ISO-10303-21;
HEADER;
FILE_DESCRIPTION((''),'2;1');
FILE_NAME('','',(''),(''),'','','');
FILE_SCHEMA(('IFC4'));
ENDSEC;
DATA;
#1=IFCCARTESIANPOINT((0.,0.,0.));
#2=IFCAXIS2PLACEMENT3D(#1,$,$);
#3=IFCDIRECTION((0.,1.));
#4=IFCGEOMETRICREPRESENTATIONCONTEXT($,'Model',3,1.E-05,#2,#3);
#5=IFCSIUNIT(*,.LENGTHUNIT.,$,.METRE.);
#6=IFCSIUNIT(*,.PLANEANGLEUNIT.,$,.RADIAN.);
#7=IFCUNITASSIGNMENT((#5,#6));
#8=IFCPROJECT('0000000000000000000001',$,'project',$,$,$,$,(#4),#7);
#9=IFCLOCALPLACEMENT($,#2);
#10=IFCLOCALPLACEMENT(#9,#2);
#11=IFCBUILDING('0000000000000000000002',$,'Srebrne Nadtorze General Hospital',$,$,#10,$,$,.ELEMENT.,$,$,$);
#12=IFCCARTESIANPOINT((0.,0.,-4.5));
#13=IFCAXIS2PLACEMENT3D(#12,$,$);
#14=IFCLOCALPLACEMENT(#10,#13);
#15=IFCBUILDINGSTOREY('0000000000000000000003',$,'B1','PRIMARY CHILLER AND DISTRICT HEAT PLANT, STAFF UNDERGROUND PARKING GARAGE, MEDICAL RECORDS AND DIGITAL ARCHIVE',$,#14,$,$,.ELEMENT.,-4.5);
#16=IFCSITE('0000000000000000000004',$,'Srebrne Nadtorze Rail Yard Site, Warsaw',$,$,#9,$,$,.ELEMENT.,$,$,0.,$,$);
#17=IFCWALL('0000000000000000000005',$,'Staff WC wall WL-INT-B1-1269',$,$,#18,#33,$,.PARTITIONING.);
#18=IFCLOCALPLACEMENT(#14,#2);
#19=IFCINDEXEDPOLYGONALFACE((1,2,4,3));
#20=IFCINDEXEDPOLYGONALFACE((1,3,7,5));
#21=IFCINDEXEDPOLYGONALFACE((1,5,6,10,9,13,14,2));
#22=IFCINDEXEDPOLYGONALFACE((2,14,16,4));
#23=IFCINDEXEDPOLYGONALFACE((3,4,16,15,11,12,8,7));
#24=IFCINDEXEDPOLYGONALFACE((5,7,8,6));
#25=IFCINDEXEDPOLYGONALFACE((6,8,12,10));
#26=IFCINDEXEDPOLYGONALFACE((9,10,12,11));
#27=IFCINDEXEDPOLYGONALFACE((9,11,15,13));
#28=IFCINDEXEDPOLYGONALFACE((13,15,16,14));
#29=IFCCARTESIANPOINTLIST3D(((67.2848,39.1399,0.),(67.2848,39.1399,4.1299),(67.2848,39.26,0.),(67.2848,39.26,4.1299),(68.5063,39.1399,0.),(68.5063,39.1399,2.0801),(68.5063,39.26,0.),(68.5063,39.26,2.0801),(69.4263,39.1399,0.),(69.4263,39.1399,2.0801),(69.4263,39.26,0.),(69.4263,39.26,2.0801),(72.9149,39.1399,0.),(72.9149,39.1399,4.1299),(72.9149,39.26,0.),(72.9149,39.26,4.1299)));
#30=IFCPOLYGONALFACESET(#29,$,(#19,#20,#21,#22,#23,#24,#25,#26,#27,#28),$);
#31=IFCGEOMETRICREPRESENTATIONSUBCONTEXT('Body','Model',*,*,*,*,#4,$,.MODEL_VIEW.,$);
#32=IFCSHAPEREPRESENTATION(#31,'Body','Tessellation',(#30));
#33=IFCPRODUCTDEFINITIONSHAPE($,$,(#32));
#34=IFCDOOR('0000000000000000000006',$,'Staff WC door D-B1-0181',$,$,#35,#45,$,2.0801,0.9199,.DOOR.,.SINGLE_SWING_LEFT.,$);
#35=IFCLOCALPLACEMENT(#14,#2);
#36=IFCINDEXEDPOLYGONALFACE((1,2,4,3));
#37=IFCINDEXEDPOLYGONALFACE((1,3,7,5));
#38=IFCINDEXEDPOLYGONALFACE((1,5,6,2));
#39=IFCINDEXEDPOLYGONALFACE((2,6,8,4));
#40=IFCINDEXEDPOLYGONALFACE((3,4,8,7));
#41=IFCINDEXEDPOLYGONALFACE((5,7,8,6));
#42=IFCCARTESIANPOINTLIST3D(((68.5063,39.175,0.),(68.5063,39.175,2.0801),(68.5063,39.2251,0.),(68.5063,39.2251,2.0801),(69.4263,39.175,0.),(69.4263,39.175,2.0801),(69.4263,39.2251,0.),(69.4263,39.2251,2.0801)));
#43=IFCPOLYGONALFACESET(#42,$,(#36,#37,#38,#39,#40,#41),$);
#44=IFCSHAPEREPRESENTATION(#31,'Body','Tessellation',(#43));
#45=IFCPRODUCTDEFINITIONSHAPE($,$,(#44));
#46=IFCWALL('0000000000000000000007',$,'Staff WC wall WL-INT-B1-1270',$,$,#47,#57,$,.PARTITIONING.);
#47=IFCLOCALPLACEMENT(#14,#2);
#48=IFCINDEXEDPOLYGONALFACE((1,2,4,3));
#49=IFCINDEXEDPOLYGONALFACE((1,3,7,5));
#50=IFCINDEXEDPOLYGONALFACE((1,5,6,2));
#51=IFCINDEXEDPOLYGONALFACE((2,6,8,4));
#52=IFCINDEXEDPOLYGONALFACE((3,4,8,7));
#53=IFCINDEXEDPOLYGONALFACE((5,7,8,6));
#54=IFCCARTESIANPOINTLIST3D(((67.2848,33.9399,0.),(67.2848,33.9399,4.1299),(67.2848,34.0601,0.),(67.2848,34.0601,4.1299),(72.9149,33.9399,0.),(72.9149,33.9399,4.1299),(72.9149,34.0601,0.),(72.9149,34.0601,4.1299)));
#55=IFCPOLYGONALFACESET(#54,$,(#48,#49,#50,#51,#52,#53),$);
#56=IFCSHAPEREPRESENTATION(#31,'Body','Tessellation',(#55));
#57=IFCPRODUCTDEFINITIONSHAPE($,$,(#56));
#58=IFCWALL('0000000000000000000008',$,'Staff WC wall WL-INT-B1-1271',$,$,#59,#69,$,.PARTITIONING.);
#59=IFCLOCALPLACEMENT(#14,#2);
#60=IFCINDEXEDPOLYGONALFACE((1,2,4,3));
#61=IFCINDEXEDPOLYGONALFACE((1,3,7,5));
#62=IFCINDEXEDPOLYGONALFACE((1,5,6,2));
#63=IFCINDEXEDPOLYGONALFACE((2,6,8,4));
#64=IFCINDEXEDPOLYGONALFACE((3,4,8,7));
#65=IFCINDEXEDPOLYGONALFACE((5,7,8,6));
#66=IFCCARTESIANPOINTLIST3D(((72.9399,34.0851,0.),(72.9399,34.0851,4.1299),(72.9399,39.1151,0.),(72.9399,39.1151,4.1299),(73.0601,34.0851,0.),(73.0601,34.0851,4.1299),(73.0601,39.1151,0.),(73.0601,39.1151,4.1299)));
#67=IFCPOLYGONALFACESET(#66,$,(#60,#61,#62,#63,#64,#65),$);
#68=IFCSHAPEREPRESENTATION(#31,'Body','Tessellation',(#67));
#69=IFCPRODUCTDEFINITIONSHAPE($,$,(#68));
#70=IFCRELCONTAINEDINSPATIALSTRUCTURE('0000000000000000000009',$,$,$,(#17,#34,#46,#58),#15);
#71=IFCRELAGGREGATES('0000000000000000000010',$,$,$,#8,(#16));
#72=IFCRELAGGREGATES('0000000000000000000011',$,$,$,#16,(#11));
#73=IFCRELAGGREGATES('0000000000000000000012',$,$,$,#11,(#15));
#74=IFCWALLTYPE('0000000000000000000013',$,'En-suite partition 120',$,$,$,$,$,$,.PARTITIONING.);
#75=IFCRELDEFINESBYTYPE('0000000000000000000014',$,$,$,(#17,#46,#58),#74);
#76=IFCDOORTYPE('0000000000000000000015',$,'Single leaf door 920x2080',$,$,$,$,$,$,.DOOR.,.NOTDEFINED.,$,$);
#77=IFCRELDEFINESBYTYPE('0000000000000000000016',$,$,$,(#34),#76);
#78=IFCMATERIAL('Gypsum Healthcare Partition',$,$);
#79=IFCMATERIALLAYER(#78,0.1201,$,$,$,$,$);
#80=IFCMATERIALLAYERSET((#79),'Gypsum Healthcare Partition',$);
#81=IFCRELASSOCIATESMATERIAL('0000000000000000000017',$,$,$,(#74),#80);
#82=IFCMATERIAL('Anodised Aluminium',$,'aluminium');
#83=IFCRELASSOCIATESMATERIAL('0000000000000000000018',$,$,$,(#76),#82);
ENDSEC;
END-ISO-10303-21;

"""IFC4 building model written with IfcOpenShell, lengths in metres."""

from ifc_helpers import new_model, si_unit, direction, frame, frame_2d, origin, place, context, subcontext, project, spatial, rectangle, extrude, material, layer, layer_set, type_object, element, fill, save


model = new_model("IFC4")

# Units and contexts
model_context = context("Model", 3, precision=1e-05, world=origin(), true_north=direction((0.0, 1.0)))
body_context = subcontext(model_context, "Body", "Model", "MODEL_VIEW")
ifc_project = project(units=[si_unit("LENGTHUNIT", "METRE"), si_unit("PLANEANGLEUNIT", "RADIAN")], contexts=[model_context])

# Site, building, storey
site_placement = place(None, origin())
site = spatial("IfcSite", under=ifc_project, at=site_placement, Name="Srebrne Nadtorze Rail Yard Site, Warsaw", CompositionType="ELEMENT", RefElevation=0.0)
building_placement = place(site_placement, origin())
building = spatial("IfcBuilding", under=site, at=building_placement, Name="Srebrne Nadtorze General Hospital", CompositionType="ELEMENT")
storey_placement = place(building_placement, frame((0.0, 0.0, -4.5)))
storey = spatial("IfcBuildingStorey", under=building, at=storey_placement, Name="B1", Description="PRIMARY CHILLER AND DISTRICT HEAT PLANT, STAFF UNDERGROUND PARKING GARAGE, MEDICAL RECORDS AND DIGITAL ARCHIVE", CompositionType="ELEMENT", Elevation=-4.5)

# Wall, opening, door
ifc_material_1 = material(Name="Gypsum Healthcare Partition")
ifc_layer_1 = layer(ifc_material_1, 0.1201)
ifc_layer_set_1 = layer_set([ifc_layer_1], Name="Gypsum Healthcare Partition")
wall_type_1 = type_object("IfcWallType", Name="En-suite partition 120", PredefinedType="PARTITIONING", material=ifc_layer_set_1)
wall_1_placement = place(storey_placement, frame((67.2849, 39.2, 0.0), z_axis=(0.0, 0.0, 1.0), x_axis=(1.0, 0.0, 0.0)))
wall_1 = element("IfcWall", 1, at=wall_1_placement, inside=storey, type_object=wall_type_1, Name="Staff WC wall WL-INT-B1-1269", PredefinedType="PARTITIONING", context=body_context, shape_type="SweptSolid", body=[
    extrude(rectangle(XDim=5.6301, YDim=0.1201, at=frame_2d((2.8149, 0.0))), origin(), (0.0, 0.0, 1.0), 4.1299),
])
opening_1_placement = place(wall_1_placement, frame((1.2214, 0.0, 0.0)))
opening_1 = element("IfcOpeningElement", 2, at=opening_1_placement, cuts=wall_1, PredefinedType="OPENING", context=body_context, shape_type="SweptSolid", body=[
    extrude(rectangle(XDim=0.9199, YDim=2.0801, at=frame_2d((0.46, 1.04))), frame((0.0, 0.072, 0.0), z_axis=(0.0, -1.0, 0.0), x_axis=(1.0, 0.0, 0.0)), (0.0, 0.0, 1.0), 0.144),
])
ifc_material_2 = material(Name="Anodised Aluminium", Category="aluminium")
door_type_1 = type_object("IfcDoorType", Name="Single leaf door 920x2080", OperationType="NOTDEFINED", PredefinedType="DOOR", material=ifc_material_2)
door_1_placement = place(opening_1_placement, frame((0.9199, 0.0, 0.0), z_axis=(0.0, 0.0, 1.0), x_axis=(-1.0, 0.0, 0.0)))
door_1 = element("IfcDoor", 3, at=door_1_placement, inside=storey, type_object=door_type_1, Name="Staff WC door D-B1-0181", OperationType="SINGLE_SWING_LEFT", OverallHeight=2.0801, OverallWidth=0.9199, PredefinedType="DOOR", context=body_context, shape_type="SweptSolid", body=[
    extrude(rectangle(XDim=0.9199, YDim=2.0801, at=frame_2d((0.46, 1.04))), frame((0.0, 0.0249, 0.0), z_axis=(0.0, -1.0, 0.0), x_axis=(1.0, 0.0, 0.0)), (0.0, 0.0, 1.0), 0.05),
])
fill(opening_1, door_1)

# Walls
wall_2_placement = place(storey_placement, frame((67.2849, 34.0, 0.0), z_axis=(0.0, 0.0, 1.0), x_axis=(1.0, 0.0, 0.0)))
element("IfcWall", 4, at=wall_2_placement, inside=storey, type_object=wall_type_1, Name="Staff WC wall WL-INT-B1-1270", PredefinedType="PARTITIONING", context=body_context, shape_type="SweptSolid", body=[
    extrude(rectangle(XDim=5.6301, YDim=0.1201, at=frame_2d((2.8149, 0.0))), origin(), (0.0, 0.0, 1.0), 4.1299),
])
wall_3_placement = place(storey_placement, frame((73.0, 34.085, 0.0), z_axis=(0.0, 0.0, 1.0), x_axis=(0.0, 1.0, 0.0)))
element("IfcWall", 5, at=wall_3_placement, inside=storey, type_object=wall_type_1, Name="Staff WC wall WL-INT-B1-1271", PredefinedType="PARTITIONING", context=body_context, shape_type="SweptSolid", body=[
    extrude(rectangle(XDim=5.03, YDim=0.1201, at=frame_2d((2.5151, 0.0))), origin(), (0.0, 0.0, 1.0), 4.1299),
])

save(model, "model.ifc")
